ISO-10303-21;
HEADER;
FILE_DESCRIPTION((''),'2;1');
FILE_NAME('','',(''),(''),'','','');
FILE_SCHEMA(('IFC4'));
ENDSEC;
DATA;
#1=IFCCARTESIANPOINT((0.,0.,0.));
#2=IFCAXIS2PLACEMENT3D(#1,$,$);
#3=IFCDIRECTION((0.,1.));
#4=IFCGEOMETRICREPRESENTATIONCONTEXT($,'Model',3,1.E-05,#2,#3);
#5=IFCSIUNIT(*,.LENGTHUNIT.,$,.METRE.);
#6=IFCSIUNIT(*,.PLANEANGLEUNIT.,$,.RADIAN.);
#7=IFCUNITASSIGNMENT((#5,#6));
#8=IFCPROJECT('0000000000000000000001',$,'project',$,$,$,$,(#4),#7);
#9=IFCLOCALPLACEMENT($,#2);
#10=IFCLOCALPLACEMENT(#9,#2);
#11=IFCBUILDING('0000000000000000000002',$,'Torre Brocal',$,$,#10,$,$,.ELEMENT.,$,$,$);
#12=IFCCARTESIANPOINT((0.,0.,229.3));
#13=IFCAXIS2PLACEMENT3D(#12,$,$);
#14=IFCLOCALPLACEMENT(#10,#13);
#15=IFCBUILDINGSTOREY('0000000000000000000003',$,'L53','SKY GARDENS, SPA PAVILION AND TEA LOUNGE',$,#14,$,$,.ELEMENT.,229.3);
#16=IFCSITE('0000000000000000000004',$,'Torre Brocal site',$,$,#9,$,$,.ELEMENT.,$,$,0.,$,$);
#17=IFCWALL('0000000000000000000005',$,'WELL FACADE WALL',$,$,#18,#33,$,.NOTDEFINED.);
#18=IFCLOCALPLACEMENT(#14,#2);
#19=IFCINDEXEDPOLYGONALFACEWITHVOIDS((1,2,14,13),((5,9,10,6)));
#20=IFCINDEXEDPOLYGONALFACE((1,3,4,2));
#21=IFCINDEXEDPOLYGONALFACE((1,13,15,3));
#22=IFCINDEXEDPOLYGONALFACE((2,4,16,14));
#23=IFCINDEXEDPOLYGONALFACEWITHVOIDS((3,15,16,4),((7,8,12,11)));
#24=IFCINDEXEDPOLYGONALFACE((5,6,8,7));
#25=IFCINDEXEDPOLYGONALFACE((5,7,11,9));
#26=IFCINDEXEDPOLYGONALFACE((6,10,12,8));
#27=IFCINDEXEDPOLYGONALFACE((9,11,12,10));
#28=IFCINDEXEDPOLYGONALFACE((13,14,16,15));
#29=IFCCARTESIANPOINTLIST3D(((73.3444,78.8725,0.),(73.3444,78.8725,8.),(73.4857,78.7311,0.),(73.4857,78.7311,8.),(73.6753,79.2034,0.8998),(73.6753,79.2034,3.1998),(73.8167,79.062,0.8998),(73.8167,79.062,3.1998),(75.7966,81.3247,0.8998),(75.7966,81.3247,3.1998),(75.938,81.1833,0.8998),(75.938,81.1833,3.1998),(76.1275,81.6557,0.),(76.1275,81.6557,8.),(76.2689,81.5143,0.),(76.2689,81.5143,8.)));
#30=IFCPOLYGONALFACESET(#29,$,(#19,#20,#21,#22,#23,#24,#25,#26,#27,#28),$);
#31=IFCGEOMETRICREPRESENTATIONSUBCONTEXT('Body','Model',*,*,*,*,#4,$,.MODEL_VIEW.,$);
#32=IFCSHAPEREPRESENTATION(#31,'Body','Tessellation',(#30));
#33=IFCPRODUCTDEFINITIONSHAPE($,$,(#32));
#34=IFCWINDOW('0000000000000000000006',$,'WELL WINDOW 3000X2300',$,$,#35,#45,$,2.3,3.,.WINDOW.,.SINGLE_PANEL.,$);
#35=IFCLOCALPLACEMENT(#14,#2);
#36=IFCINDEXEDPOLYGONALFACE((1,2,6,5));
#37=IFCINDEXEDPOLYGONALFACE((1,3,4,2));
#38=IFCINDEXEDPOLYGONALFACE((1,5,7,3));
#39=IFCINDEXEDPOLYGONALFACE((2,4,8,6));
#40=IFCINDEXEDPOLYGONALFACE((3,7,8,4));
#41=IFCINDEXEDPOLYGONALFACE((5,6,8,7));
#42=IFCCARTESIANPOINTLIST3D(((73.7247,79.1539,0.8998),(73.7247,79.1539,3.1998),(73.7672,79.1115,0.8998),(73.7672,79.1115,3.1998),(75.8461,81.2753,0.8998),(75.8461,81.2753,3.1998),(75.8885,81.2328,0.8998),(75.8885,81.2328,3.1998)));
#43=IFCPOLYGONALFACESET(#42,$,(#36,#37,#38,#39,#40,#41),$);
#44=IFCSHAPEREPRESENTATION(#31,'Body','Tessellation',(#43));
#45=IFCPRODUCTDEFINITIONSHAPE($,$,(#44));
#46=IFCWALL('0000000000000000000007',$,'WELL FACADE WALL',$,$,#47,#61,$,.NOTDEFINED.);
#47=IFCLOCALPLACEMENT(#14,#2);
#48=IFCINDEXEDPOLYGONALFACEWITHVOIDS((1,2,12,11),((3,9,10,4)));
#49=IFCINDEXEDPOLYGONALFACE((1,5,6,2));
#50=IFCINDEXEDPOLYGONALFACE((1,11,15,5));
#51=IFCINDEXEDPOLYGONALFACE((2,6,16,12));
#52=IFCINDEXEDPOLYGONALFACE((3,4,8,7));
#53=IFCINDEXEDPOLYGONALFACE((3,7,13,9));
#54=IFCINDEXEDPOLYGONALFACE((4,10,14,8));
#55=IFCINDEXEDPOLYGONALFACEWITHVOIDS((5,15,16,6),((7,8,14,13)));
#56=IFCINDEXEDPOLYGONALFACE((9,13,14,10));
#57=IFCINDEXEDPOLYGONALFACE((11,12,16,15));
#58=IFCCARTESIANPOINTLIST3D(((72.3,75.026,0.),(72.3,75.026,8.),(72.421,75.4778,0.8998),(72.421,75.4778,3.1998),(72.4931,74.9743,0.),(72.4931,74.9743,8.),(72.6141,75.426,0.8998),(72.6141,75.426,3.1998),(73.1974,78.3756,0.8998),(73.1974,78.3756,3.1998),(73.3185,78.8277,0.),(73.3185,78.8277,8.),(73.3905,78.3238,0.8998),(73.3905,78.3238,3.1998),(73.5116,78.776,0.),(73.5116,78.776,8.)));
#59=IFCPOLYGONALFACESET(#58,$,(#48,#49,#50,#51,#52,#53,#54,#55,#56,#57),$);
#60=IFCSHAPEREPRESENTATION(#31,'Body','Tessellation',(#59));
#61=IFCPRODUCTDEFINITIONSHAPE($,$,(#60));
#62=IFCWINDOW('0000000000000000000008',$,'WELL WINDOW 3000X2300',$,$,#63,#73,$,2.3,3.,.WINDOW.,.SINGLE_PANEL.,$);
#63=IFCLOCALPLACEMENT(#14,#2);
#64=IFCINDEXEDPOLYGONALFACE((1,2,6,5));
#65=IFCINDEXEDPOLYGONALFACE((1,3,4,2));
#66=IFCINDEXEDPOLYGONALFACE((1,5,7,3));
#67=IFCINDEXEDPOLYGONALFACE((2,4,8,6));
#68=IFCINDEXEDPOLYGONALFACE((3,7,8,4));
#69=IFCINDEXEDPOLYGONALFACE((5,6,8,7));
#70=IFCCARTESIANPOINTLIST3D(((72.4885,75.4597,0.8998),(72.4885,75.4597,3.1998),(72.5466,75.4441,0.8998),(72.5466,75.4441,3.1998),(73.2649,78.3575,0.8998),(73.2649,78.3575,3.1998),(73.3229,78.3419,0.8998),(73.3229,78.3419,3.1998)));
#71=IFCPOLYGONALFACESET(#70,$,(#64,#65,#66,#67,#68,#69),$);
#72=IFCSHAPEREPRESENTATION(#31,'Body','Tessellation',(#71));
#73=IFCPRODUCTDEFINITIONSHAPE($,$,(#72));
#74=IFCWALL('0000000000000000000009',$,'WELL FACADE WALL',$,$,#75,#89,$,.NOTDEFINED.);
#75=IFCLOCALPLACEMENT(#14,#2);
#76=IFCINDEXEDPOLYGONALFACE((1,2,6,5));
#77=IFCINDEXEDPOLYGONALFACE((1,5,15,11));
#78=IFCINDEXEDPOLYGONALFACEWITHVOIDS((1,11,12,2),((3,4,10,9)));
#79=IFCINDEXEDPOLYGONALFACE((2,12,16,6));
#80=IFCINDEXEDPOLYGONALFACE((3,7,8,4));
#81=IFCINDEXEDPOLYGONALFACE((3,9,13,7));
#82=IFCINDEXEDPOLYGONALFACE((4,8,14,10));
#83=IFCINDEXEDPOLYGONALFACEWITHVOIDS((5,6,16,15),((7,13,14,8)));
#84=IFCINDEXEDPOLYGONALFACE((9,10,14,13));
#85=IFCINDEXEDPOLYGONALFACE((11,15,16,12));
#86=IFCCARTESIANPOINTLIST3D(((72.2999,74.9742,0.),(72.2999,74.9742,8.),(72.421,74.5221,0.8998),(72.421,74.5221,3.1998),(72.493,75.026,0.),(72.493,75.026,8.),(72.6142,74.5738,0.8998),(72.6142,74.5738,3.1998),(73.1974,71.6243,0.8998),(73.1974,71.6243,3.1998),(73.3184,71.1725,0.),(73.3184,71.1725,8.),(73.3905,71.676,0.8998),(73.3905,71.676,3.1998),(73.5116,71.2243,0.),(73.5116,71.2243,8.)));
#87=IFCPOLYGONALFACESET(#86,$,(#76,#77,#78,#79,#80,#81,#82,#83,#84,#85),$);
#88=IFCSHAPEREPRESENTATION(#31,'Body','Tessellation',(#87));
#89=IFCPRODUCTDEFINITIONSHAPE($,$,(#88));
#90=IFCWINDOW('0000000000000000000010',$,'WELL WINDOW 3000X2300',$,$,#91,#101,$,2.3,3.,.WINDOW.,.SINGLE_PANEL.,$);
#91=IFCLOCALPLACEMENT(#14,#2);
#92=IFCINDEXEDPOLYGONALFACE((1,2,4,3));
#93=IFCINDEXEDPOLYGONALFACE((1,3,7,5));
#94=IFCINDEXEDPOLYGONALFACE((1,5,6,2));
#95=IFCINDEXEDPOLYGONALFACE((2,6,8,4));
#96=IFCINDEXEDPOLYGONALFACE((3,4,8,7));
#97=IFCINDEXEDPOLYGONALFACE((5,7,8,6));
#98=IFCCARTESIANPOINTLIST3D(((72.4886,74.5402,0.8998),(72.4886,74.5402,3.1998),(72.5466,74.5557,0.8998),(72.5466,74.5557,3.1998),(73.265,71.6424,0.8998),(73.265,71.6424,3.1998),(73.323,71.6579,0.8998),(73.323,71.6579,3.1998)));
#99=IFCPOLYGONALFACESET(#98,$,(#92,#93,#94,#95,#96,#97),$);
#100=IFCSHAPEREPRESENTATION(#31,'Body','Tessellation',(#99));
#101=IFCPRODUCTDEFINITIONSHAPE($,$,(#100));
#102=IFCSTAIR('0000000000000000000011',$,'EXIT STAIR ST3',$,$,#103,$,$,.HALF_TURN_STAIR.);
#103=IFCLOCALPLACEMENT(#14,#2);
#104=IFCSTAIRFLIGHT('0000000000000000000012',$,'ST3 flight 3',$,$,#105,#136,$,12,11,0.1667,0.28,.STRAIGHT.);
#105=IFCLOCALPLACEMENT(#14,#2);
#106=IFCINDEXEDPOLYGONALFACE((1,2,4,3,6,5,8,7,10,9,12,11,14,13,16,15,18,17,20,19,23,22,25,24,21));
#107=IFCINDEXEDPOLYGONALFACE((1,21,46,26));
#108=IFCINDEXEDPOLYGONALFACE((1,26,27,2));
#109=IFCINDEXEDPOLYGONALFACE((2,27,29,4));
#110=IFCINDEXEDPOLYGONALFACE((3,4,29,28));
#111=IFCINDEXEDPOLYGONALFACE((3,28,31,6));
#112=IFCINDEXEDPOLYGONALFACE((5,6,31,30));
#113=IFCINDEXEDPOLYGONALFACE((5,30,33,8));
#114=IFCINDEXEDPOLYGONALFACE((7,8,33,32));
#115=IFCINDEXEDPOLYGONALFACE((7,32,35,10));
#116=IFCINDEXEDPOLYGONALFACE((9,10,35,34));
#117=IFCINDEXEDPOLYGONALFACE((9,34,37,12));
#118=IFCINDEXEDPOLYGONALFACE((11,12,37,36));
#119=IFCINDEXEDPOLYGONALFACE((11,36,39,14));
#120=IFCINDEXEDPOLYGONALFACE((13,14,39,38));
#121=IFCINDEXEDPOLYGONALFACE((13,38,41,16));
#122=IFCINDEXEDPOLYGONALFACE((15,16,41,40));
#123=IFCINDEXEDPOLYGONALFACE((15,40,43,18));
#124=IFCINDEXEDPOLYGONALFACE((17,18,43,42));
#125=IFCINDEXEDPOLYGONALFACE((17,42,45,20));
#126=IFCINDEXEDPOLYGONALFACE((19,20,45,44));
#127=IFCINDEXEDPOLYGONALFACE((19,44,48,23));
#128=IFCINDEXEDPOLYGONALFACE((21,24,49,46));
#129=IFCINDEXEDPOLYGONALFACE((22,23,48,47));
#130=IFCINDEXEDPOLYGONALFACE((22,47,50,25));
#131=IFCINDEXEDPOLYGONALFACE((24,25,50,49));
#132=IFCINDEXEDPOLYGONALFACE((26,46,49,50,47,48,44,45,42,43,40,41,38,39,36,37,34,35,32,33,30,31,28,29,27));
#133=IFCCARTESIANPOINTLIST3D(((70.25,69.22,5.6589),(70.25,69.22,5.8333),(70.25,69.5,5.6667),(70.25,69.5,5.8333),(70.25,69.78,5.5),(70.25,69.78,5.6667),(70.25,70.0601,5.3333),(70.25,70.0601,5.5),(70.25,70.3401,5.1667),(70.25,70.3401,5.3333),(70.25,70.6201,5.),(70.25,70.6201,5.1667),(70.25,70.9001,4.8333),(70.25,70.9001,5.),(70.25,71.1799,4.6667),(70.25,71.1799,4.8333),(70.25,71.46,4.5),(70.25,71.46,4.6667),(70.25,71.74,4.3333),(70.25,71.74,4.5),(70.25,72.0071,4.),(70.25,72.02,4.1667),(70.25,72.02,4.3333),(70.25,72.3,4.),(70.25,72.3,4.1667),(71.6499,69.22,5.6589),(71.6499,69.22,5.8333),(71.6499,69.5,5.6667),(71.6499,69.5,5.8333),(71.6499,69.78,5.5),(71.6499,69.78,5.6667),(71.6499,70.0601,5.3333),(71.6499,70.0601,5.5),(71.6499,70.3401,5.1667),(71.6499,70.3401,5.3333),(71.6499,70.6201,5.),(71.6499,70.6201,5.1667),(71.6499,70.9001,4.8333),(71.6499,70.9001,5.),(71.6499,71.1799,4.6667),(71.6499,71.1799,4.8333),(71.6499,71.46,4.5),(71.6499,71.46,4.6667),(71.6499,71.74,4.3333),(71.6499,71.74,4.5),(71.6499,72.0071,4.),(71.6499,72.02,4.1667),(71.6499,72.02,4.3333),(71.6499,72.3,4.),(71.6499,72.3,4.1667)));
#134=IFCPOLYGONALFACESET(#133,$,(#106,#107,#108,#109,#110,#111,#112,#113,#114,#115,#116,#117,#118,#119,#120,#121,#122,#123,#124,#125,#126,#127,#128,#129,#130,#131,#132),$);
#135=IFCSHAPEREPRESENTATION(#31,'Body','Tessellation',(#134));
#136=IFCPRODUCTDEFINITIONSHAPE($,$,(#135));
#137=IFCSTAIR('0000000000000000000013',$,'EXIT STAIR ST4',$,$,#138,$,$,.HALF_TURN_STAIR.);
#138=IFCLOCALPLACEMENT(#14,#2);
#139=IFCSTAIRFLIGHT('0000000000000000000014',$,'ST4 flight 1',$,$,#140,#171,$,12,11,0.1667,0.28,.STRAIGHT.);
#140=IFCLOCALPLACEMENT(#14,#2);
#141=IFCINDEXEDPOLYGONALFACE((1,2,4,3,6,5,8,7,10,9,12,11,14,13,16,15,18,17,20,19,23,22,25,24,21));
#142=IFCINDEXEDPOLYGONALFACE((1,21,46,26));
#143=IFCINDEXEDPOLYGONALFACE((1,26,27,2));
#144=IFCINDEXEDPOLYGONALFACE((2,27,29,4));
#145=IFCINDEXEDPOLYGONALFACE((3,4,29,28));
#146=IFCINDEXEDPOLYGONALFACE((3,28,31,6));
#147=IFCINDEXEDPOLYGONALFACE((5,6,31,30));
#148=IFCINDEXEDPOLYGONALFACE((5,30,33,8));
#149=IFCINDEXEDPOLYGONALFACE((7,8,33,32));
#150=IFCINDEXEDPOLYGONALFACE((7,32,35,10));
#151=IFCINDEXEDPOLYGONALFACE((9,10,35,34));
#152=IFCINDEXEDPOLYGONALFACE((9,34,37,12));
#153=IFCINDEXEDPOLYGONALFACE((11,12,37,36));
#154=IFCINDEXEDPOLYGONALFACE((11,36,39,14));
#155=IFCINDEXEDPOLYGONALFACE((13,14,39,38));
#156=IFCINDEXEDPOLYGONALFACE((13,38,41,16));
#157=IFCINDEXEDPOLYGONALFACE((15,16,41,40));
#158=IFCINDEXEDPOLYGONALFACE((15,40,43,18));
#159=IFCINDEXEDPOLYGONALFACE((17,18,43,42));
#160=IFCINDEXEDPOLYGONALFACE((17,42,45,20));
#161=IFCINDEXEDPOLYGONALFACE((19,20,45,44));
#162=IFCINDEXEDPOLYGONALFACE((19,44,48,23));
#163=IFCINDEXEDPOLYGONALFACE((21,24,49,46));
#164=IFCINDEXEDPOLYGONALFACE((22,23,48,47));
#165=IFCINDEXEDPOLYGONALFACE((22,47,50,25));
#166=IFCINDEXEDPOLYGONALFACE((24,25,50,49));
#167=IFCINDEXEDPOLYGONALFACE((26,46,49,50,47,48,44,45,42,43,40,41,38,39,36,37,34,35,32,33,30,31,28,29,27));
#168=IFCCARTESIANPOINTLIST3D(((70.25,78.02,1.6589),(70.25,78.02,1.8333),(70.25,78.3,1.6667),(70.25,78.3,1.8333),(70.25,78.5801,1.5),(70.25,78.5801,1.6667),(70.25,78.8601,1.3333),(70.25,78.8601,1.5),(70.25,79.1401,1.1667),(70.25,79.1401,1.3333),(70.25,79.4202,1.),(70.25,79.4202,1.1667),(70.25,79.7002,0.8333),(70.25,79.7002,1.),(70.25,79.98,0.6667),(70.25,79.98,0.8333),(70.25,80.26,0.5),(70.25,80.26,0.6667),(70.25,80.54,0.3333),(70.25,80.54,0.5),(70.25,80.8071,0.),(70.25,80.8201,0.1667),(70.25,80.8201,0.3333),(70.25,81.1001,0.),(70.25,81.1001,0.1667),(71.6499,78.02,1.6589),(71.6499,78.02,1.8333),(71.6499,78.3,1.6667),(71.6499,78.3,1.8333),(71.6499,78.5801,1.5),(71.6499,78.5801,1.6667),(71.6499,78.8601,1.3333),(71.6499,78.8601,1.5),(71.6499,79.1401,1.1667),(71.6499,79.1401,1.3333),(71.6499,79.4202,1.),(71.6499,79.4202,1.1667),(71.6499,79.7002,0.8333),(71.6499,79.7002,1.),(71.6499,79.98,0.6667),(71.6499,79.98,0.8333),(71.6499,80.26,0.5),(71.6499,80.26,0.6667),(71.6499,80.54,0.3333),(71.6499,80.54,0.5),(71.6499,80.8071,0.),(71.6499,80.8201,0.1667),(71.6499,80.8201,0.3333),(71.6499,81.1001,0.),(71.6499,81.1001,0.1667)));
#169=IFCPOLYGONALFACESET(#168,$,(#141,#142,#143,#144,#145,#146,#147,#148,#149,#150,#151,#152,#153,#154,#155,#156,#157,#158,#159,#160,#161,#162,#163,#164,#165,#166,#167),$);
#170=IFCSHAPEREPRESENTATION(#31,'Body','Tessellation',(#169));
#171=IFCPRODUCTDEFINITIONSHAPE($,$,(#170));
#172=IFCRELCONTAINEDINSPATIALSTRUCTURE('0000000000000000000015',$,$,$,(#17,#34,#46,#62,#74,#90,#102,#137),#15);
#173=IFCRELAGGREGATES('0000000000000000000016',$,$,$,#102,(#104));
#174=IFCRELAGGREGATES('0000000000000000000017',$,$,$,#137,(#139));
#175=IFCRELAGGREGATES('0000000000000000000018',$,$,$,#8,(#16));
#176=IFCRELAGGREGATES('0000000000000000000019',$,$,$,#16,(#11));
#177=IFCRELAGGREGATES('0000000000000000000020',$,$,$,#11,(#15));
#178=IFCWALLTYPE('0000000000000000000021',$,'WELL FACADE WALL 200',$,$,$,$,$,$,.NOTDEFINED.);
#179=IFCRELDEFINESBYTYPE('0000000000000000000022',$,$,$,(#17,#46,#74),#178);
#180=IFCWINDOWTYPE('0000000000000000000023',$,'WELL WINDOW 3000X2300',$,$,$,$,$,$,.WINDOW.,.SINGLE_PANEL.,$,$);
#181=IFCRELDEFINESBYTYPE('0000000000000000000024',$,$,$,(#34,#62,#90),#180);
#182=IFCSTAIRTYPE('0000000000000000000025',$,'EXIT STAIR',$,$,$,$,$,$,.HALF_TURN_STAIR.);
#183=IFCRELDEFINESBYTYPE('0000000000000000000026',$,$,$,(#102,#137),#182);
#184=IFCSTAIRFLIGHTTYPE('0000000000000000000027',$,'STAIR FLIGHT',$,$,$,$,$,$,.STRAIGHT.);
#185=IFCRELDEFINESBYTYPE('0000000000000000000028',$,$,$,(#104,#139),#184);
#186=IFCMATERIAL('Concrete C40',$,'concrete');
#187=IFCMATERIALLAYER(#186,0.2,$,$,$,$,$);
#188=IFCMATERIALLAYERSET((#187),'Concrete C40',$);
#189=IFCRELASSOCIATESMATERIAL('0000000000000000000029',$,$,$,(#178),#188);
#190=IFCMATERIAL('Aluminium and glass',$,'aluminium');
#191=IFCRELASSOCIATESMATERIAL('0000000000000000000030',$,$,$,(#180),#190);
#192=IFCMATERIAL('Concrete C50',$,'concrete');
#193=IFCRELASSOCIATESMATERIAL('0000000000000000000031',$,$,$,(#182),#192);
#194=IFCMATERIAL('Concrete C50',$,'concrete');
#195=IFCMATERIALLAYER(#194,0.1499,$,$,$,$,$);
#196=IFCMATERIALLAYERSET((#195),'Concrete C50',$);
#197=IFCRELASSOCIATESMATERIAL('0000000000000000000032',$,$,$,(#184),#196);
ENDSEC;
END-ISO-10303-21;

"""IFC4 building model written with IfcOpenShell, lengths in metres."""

from ifc_helpers import new_model, si_unit, direction, frame, frame_2d, origin, place, context, subcontext, project, spatial, polyline, rectangle, outline, extrude, material, layer, layer_set, type_object, element, fill, aggregate, save


model = new_model("IFC4")

# Units and contexts
model_context = context("Model", 3, precision=1e-05, world=origin(), true_north=direction((0.0, 1.0)))
body_context = subcontext(model_context, "Body", "Model", "MODEL_VIEW")
ifc_project = project(units=[si_unit("LENGTHUNIT", "METRE"), si_unit("PLANEANGLEUNIT", "RADIAN")], contexts=[model_context])

# Site, building, storey
site_placement = place(None, origin())
site = spatial("IfcSite", under=ifc_project, at=site_placement, Name="Torre Brocal site", CompositionType="ELEMENT", RefElevation=0.0)
building_placement = place(site_placement, origin())
building = spatial("IfcBuilding", under=site, at=building_placement, Name="Torre Brocal", CompositionType="ELEMENT")
storey_placement = place(building_placement, frame((0.0, 0.0, 229.3)))
storey = spatial("IfcBuildingStorey", under=building, at=storey_placement, Name="L53", Description="SKY GARDENS, SPA PAVILION AND TEA LOUNGE", CompositionType="ELEMENT", Elevation=229.3)

# Walls, openings, windows
ifc_material_1 = material(Name="Concrete C40", Category="concrete")
ifc_layer_1 = layer(ifc_material_1, 0.2)
ifc_layer_set_1 = layer_set([ifc_layer_1], Name="Concrete C40")
wall_type_1 = type_object("IfcWallType", Name="WELL FACADE WALL 200", PredefinedType="NOTDEFINED", material=ifc_layer_set_1)
wall_1_placement = place(storey_placement, frame((76.1982, 81.585, 0.0), z_axis=(0.0, 0.0, 1.0), x_axis=(-0.707107, -0.707107, 0.0)))
wall_1 = element("IfcWall", 1, at=wall_1_placement, inside=storey, type_object=wall_type_1, Name="WELL FACADE WALL", PredefinedType="NOTDEFINED", context=body_context, shape_type="SweptSolid", body=[
    extrude(rectangle(XDim=3.936, YDim=0.2, at=frame_2d((1.968, 0.0))), origin(), (0.0, 0.0, 1.0), 8.0),
])
opening_1_placement = place(wall_1_placement, frame((0.468, 0.0, 0.8999)))
opening_1 = element("IfcOpeningElement", 2, at=opening_1_placement, cuts=wall_1, PredefinedType="OPENING", context=body_context, shape_type="SweptSolid", body=[
    extrude(rectangle(XDim=3.0, YDim=2.3, at=frame_2d((1.5, 1.1499))), frame((0.0, 0.1099, 0.0), z_axis=(0.0, -1.0, 0.0), x_axis=(1.0, 0.0, 0.0)), (0.0, 0.0, 1.0), 0.22),
])
ifc_material_2 = material(Name="Aluminium and glass", Category="aluminium")
window_type_1 = type_object("IfcWindowType", Name="WELL WINDOW 3000X2300", PartitioningType="SINGLE_PANEL", PredefinedType="WINDOW", material=ifc_material_2)
window_1_placement = place(opening_1_placement, origin())
window_1 = element("IfcWindow", 3, at=window_1_placement, inside=storey, type_object=window_type_1, Name="WELL WINDOW 3000X2300", OverallHeight=2.3, OverallWidth=3.0, PartitioningType="SINGLE_PANEL", PredefinedType="WINDOW", context=body_context, shape_type="SweptSolid", body=[
    extrude(rectangle(XDim=3.0, YDim=2.3, at=frame_2d((1.5, 1.1499))), frame((0.0, 0.03, 0.0), z_axis=(0.0, -1.0, 0.0), x_axis=(1.0, 0.0, 0.0)), (0.0, 0.0, 1.0), 0.0601),
])
fill(opening_1, window_1)
wall_2_placement = place(storey_placement, frame((73.415, 78.8018, 0.0), z_axis=(0.0, 0.0, 1.0), x_axis=(-0.25879, -0.965934, 0.0)))
wall_2 = element("IfcWall", 4, at=wall_2_placement, inside=storey, type_object=wall_type_1, Name="WELL FACADE WALL", PredefinedType="NOTDEFINED", context=body_context, shape_type="SweptSolid", body=[
    extrude(rectangle(XDim=3.9358, YDim=0.2, at=frame_2d((1.9678, 0.0))), origin(), (0.0, 0.0, 1.0), 8.0),
])
opening_2_placement = place(wall_2_placement, frame((0.468, 0.0, 0.8999)))
opening_2 = element("IfcOpeningElement", 5, at=opening_2_placement, cuts=wall_2, PredefinedType="OPENING", context=body_context, shape_type="SweptSolid", body=[
    extrude(rectangle(XDim=3.0, YDim=2.3, at=frame_2d((1.5, 1.1499))), frame((0.0, 0.1099, 0.0), z_axis=(0.0, -1.0, 0.0), x_axis=(1.0, 0.0, 0.0)), (0.0, 0.0, 1.0), 0.22),
])
window_2_placement = place(opening_2_placement, origin())
window_2 = element("IfcWindow", 6, at=window_2_placement, inside=storey, type_object=window_type_1, Name="WELL WINDOW 3000X2300", OverallHeight=2.3, OverallWidth=3.0, PartitioningType="SINGLE_PANEL", PredefinedType="WINDOW", context=body_context, shape_type="SweptSolid", body=[
    extrude(rectangle(XDim=3.0, YDim=2.3, at=frame_2d((1.5, 1.1499))), frame((0.0, 0.03, 0.0), z_axis=(0.0, -1.0, 0.0), x_axis=(1.0, 0.0, 0.0)), (0.0, 0.0, 1.0), 0.0601),
])
fill(opening_2, window_2)
wall_3_placement = place(storey_placement, frame((72.3965, 75.0, 0.0), z_axis=(0.0, 0.0, 1.0), x_axis=(0.25879, -0.965934, 0.0)))
wall_3 = element("IfcWall", 7, at=wall_3_placement, inside=storey, type_object=wall_type_1, Name="WELL FACADE WALL", PredefinedType="NOTDEFINED", context=body_context, shape_type="SweptSolid", body=[
    extrude(rectangle(XDim=3.9358, YDim=0.2, at=frame_2d((1.9678, 0.0))), origin(), (0.0, 0.0, 1.0), 8.0),
])
opening_3_placement = place(wall_3_placement, frame((0.468, 0.0, 0.8999)))
opening_3 = element("IfcOpeningElement", 8, at=opening_3_placement, cuts=wall_3, PredefinedType="OPENING", context=body_context, shape_type="SweptSolid", body=[
    extrude(rectangle(XDim=3.0, YDim=2.3, at=frame_2d((1.5, 1.1499))), frame((0.0, 0.1099, 0.0), z_axis=(0.0, -1.0, 0.0), x_axis=(1.0, 0.0, 0.0)), (0.0, 0.0, 1.0), 0.22),
])
window_3_placement = place(opening_3_placement, origin())
window_3 = element("IfcWindow", 9, at=window_3_placement, inside=storey, type_object=window_type_1, Name="WELL WINDOW 3000X2300", OverallHeight=2.3, OverallWidth=3.0, PartitioningType="SINGLE_PANEL", PredefinedType="WINDOW", context=body_context, shape_type="SweptSolid", body=[
    extrude(rectangle(XDim=3.0, YDim=2.3, at=frame_2d((1.5, 1.1499))), frame((0.0, 0.03, 0.0), z_axis=(0.0, -1.0, 0.0), x_axis=(1.0, 0.0, 0.0)), (0.0, 0.0, 1.0), 0.0601),
])
fill(opening_3, window_3)

# Stair, stair flight
ifc_material_3 = material(Name="Concrete C50", Category="concrete")
stair_type = type_object("IfcStairType", Name="EXIT STAIR", PredefinedType="HALF_TURN_STAIR", material=ifc_material_3)
stair_1_placement = place(storey_placement, origin())
stair_1 = element("IfcStair", 10, at=stair_1_placement, inside=storey, type_object=stair_type, Name="EXIT STAIR ST3", PredefinedType="HALF_TURN_STAIR")
ifc_material_4 = material(Name="Concrete C50", Category="concrete")
ifc_layer_2 = layer(ifc_material_4, 0.1499)
ifc_layer_set_2 = layer_set([ifc_layer_2], Name="Concrete C50")
stair_flight_type = type_object("IfcStairFlightType", Name="STAIR FLIGHT", PredefinedType="STRAIGHT", material=ifc_layer_set_2)
stair_flight_1_placement = place(storey_placement, frame((70.95, 72.3, 4.0), z_axis=(0.0, 0.0, 1.0), x_axis=(0.0, -1.0, 0.0)))
stair_flight_1 = element("IfcStairFlight", 11, at=stair_flight_1_placement, type_object=stair_flight_type, Name="ST3 flight 3", NumberOfRisers=12, NumberOfTreads=11, PredefinedType="STRAIGHT", RiserHeight=0.1667, TreadLength=0.28, context=body_context, shape_type="SweptSolid", body=[
    extrude(outline(polyline([(0.0, 0.0), (0.0, 0.1667), (0.28, 0.1667), (0.28, 0.3333), (0.5601, 0.3333), (0.5601, 0.5), (0.8401, 0.5), (0.8401, 0.6667), (1.1201, 0.6667), (1.1201, 0.8333), (1.3999, 0.8333), (1.3999, 1.0), (1.6799, 1.0), (1.6799, 1.1667), (1.96, 1.1667), (1.96, 1.3333), (2.24, 1.3333), (2.24, 1.5), (2.52, 1.5), (2.52, 1.6667), (2.8, 1.6667), (2.8, 1.8333), (3.0801, 1.8333), (3.0801, 2.0), (3.0801, 1.6589), (0.293, 0.0), (0.0, 0.0)])), frame((0.0, 0.7, 0.0), z_axis=(0.0, -1.0, 0.0), x_axis=(1.0, 0.0, 0.0)), (0.0, 0.0, 1.0), 1.3999),
])
aggregate(stair_1, [stair_flight_1])

# Stair, stair flight
stair_2_placement = place(storey_placement, origin())
stair_2 = element("IfcStair", 12, at=stair_2_placement, inside=storey, type_object=stair_type, Name="EXIT STAIR ST4", PredefinedType="HALF_TURN_STAIR")
stair_flight_2_placement = place(storey_placement, frame((70.95, 81.1001, 0.0), z_axis=(0.0, 0.0, 1.0), x_axis=(0.0, -1.0, 0.0)))
stair_flight_2 = element("IfcStairFlight", 13, at=stair_flight_2_placement, type_object=stair_flight_type, Name="ST4 flight 1", NumberOfRisers=12, NumberOfTreads=11, PredefinedType="STRAIGHT", RiserHeight=0.1667, TreadLength=0.28, context=body_context, shape_type="SweptSolid", body=[
    extrude(outline(polyline([(0.0, 0.0), (0.0, 0.1667), (0.28, 0.1667), (0.28, 0.3333), (0.5601, 0.3333), (0.5601, 0.5), (0.8401, 0.5), (0.8401, 0.6667), (1.1201, 0.6667), (1.1201, 0.8333), (1.3999, 0.8333), (1.3999, 1.0), (1.6799, 1.0), (1.6799, 1.1667), (1.96, 1.1667), (1.96, 1.3333), (2.24, 1.3333), (2.24, 1.5), (2.52, 1.5), (2.52, 1.6667), (2.8, 1.6667), (2.8, 1.8333), (3.0801, 1.8333), (3.0801, 2.0), (3.0801, 1.6589), (0.293, 0.0), (0.0, 0.0)])), frame((0.0, 0.7, 0.0), z_axis=(0.0, -1.0, 0.0), x_axis=(1.0, 0.0, 0.0)), (0.0, 0.0, 1.0), 1.3999),
])
aggregate(stair_2, [stair_flight_2])

save(model, "model.ifc")
